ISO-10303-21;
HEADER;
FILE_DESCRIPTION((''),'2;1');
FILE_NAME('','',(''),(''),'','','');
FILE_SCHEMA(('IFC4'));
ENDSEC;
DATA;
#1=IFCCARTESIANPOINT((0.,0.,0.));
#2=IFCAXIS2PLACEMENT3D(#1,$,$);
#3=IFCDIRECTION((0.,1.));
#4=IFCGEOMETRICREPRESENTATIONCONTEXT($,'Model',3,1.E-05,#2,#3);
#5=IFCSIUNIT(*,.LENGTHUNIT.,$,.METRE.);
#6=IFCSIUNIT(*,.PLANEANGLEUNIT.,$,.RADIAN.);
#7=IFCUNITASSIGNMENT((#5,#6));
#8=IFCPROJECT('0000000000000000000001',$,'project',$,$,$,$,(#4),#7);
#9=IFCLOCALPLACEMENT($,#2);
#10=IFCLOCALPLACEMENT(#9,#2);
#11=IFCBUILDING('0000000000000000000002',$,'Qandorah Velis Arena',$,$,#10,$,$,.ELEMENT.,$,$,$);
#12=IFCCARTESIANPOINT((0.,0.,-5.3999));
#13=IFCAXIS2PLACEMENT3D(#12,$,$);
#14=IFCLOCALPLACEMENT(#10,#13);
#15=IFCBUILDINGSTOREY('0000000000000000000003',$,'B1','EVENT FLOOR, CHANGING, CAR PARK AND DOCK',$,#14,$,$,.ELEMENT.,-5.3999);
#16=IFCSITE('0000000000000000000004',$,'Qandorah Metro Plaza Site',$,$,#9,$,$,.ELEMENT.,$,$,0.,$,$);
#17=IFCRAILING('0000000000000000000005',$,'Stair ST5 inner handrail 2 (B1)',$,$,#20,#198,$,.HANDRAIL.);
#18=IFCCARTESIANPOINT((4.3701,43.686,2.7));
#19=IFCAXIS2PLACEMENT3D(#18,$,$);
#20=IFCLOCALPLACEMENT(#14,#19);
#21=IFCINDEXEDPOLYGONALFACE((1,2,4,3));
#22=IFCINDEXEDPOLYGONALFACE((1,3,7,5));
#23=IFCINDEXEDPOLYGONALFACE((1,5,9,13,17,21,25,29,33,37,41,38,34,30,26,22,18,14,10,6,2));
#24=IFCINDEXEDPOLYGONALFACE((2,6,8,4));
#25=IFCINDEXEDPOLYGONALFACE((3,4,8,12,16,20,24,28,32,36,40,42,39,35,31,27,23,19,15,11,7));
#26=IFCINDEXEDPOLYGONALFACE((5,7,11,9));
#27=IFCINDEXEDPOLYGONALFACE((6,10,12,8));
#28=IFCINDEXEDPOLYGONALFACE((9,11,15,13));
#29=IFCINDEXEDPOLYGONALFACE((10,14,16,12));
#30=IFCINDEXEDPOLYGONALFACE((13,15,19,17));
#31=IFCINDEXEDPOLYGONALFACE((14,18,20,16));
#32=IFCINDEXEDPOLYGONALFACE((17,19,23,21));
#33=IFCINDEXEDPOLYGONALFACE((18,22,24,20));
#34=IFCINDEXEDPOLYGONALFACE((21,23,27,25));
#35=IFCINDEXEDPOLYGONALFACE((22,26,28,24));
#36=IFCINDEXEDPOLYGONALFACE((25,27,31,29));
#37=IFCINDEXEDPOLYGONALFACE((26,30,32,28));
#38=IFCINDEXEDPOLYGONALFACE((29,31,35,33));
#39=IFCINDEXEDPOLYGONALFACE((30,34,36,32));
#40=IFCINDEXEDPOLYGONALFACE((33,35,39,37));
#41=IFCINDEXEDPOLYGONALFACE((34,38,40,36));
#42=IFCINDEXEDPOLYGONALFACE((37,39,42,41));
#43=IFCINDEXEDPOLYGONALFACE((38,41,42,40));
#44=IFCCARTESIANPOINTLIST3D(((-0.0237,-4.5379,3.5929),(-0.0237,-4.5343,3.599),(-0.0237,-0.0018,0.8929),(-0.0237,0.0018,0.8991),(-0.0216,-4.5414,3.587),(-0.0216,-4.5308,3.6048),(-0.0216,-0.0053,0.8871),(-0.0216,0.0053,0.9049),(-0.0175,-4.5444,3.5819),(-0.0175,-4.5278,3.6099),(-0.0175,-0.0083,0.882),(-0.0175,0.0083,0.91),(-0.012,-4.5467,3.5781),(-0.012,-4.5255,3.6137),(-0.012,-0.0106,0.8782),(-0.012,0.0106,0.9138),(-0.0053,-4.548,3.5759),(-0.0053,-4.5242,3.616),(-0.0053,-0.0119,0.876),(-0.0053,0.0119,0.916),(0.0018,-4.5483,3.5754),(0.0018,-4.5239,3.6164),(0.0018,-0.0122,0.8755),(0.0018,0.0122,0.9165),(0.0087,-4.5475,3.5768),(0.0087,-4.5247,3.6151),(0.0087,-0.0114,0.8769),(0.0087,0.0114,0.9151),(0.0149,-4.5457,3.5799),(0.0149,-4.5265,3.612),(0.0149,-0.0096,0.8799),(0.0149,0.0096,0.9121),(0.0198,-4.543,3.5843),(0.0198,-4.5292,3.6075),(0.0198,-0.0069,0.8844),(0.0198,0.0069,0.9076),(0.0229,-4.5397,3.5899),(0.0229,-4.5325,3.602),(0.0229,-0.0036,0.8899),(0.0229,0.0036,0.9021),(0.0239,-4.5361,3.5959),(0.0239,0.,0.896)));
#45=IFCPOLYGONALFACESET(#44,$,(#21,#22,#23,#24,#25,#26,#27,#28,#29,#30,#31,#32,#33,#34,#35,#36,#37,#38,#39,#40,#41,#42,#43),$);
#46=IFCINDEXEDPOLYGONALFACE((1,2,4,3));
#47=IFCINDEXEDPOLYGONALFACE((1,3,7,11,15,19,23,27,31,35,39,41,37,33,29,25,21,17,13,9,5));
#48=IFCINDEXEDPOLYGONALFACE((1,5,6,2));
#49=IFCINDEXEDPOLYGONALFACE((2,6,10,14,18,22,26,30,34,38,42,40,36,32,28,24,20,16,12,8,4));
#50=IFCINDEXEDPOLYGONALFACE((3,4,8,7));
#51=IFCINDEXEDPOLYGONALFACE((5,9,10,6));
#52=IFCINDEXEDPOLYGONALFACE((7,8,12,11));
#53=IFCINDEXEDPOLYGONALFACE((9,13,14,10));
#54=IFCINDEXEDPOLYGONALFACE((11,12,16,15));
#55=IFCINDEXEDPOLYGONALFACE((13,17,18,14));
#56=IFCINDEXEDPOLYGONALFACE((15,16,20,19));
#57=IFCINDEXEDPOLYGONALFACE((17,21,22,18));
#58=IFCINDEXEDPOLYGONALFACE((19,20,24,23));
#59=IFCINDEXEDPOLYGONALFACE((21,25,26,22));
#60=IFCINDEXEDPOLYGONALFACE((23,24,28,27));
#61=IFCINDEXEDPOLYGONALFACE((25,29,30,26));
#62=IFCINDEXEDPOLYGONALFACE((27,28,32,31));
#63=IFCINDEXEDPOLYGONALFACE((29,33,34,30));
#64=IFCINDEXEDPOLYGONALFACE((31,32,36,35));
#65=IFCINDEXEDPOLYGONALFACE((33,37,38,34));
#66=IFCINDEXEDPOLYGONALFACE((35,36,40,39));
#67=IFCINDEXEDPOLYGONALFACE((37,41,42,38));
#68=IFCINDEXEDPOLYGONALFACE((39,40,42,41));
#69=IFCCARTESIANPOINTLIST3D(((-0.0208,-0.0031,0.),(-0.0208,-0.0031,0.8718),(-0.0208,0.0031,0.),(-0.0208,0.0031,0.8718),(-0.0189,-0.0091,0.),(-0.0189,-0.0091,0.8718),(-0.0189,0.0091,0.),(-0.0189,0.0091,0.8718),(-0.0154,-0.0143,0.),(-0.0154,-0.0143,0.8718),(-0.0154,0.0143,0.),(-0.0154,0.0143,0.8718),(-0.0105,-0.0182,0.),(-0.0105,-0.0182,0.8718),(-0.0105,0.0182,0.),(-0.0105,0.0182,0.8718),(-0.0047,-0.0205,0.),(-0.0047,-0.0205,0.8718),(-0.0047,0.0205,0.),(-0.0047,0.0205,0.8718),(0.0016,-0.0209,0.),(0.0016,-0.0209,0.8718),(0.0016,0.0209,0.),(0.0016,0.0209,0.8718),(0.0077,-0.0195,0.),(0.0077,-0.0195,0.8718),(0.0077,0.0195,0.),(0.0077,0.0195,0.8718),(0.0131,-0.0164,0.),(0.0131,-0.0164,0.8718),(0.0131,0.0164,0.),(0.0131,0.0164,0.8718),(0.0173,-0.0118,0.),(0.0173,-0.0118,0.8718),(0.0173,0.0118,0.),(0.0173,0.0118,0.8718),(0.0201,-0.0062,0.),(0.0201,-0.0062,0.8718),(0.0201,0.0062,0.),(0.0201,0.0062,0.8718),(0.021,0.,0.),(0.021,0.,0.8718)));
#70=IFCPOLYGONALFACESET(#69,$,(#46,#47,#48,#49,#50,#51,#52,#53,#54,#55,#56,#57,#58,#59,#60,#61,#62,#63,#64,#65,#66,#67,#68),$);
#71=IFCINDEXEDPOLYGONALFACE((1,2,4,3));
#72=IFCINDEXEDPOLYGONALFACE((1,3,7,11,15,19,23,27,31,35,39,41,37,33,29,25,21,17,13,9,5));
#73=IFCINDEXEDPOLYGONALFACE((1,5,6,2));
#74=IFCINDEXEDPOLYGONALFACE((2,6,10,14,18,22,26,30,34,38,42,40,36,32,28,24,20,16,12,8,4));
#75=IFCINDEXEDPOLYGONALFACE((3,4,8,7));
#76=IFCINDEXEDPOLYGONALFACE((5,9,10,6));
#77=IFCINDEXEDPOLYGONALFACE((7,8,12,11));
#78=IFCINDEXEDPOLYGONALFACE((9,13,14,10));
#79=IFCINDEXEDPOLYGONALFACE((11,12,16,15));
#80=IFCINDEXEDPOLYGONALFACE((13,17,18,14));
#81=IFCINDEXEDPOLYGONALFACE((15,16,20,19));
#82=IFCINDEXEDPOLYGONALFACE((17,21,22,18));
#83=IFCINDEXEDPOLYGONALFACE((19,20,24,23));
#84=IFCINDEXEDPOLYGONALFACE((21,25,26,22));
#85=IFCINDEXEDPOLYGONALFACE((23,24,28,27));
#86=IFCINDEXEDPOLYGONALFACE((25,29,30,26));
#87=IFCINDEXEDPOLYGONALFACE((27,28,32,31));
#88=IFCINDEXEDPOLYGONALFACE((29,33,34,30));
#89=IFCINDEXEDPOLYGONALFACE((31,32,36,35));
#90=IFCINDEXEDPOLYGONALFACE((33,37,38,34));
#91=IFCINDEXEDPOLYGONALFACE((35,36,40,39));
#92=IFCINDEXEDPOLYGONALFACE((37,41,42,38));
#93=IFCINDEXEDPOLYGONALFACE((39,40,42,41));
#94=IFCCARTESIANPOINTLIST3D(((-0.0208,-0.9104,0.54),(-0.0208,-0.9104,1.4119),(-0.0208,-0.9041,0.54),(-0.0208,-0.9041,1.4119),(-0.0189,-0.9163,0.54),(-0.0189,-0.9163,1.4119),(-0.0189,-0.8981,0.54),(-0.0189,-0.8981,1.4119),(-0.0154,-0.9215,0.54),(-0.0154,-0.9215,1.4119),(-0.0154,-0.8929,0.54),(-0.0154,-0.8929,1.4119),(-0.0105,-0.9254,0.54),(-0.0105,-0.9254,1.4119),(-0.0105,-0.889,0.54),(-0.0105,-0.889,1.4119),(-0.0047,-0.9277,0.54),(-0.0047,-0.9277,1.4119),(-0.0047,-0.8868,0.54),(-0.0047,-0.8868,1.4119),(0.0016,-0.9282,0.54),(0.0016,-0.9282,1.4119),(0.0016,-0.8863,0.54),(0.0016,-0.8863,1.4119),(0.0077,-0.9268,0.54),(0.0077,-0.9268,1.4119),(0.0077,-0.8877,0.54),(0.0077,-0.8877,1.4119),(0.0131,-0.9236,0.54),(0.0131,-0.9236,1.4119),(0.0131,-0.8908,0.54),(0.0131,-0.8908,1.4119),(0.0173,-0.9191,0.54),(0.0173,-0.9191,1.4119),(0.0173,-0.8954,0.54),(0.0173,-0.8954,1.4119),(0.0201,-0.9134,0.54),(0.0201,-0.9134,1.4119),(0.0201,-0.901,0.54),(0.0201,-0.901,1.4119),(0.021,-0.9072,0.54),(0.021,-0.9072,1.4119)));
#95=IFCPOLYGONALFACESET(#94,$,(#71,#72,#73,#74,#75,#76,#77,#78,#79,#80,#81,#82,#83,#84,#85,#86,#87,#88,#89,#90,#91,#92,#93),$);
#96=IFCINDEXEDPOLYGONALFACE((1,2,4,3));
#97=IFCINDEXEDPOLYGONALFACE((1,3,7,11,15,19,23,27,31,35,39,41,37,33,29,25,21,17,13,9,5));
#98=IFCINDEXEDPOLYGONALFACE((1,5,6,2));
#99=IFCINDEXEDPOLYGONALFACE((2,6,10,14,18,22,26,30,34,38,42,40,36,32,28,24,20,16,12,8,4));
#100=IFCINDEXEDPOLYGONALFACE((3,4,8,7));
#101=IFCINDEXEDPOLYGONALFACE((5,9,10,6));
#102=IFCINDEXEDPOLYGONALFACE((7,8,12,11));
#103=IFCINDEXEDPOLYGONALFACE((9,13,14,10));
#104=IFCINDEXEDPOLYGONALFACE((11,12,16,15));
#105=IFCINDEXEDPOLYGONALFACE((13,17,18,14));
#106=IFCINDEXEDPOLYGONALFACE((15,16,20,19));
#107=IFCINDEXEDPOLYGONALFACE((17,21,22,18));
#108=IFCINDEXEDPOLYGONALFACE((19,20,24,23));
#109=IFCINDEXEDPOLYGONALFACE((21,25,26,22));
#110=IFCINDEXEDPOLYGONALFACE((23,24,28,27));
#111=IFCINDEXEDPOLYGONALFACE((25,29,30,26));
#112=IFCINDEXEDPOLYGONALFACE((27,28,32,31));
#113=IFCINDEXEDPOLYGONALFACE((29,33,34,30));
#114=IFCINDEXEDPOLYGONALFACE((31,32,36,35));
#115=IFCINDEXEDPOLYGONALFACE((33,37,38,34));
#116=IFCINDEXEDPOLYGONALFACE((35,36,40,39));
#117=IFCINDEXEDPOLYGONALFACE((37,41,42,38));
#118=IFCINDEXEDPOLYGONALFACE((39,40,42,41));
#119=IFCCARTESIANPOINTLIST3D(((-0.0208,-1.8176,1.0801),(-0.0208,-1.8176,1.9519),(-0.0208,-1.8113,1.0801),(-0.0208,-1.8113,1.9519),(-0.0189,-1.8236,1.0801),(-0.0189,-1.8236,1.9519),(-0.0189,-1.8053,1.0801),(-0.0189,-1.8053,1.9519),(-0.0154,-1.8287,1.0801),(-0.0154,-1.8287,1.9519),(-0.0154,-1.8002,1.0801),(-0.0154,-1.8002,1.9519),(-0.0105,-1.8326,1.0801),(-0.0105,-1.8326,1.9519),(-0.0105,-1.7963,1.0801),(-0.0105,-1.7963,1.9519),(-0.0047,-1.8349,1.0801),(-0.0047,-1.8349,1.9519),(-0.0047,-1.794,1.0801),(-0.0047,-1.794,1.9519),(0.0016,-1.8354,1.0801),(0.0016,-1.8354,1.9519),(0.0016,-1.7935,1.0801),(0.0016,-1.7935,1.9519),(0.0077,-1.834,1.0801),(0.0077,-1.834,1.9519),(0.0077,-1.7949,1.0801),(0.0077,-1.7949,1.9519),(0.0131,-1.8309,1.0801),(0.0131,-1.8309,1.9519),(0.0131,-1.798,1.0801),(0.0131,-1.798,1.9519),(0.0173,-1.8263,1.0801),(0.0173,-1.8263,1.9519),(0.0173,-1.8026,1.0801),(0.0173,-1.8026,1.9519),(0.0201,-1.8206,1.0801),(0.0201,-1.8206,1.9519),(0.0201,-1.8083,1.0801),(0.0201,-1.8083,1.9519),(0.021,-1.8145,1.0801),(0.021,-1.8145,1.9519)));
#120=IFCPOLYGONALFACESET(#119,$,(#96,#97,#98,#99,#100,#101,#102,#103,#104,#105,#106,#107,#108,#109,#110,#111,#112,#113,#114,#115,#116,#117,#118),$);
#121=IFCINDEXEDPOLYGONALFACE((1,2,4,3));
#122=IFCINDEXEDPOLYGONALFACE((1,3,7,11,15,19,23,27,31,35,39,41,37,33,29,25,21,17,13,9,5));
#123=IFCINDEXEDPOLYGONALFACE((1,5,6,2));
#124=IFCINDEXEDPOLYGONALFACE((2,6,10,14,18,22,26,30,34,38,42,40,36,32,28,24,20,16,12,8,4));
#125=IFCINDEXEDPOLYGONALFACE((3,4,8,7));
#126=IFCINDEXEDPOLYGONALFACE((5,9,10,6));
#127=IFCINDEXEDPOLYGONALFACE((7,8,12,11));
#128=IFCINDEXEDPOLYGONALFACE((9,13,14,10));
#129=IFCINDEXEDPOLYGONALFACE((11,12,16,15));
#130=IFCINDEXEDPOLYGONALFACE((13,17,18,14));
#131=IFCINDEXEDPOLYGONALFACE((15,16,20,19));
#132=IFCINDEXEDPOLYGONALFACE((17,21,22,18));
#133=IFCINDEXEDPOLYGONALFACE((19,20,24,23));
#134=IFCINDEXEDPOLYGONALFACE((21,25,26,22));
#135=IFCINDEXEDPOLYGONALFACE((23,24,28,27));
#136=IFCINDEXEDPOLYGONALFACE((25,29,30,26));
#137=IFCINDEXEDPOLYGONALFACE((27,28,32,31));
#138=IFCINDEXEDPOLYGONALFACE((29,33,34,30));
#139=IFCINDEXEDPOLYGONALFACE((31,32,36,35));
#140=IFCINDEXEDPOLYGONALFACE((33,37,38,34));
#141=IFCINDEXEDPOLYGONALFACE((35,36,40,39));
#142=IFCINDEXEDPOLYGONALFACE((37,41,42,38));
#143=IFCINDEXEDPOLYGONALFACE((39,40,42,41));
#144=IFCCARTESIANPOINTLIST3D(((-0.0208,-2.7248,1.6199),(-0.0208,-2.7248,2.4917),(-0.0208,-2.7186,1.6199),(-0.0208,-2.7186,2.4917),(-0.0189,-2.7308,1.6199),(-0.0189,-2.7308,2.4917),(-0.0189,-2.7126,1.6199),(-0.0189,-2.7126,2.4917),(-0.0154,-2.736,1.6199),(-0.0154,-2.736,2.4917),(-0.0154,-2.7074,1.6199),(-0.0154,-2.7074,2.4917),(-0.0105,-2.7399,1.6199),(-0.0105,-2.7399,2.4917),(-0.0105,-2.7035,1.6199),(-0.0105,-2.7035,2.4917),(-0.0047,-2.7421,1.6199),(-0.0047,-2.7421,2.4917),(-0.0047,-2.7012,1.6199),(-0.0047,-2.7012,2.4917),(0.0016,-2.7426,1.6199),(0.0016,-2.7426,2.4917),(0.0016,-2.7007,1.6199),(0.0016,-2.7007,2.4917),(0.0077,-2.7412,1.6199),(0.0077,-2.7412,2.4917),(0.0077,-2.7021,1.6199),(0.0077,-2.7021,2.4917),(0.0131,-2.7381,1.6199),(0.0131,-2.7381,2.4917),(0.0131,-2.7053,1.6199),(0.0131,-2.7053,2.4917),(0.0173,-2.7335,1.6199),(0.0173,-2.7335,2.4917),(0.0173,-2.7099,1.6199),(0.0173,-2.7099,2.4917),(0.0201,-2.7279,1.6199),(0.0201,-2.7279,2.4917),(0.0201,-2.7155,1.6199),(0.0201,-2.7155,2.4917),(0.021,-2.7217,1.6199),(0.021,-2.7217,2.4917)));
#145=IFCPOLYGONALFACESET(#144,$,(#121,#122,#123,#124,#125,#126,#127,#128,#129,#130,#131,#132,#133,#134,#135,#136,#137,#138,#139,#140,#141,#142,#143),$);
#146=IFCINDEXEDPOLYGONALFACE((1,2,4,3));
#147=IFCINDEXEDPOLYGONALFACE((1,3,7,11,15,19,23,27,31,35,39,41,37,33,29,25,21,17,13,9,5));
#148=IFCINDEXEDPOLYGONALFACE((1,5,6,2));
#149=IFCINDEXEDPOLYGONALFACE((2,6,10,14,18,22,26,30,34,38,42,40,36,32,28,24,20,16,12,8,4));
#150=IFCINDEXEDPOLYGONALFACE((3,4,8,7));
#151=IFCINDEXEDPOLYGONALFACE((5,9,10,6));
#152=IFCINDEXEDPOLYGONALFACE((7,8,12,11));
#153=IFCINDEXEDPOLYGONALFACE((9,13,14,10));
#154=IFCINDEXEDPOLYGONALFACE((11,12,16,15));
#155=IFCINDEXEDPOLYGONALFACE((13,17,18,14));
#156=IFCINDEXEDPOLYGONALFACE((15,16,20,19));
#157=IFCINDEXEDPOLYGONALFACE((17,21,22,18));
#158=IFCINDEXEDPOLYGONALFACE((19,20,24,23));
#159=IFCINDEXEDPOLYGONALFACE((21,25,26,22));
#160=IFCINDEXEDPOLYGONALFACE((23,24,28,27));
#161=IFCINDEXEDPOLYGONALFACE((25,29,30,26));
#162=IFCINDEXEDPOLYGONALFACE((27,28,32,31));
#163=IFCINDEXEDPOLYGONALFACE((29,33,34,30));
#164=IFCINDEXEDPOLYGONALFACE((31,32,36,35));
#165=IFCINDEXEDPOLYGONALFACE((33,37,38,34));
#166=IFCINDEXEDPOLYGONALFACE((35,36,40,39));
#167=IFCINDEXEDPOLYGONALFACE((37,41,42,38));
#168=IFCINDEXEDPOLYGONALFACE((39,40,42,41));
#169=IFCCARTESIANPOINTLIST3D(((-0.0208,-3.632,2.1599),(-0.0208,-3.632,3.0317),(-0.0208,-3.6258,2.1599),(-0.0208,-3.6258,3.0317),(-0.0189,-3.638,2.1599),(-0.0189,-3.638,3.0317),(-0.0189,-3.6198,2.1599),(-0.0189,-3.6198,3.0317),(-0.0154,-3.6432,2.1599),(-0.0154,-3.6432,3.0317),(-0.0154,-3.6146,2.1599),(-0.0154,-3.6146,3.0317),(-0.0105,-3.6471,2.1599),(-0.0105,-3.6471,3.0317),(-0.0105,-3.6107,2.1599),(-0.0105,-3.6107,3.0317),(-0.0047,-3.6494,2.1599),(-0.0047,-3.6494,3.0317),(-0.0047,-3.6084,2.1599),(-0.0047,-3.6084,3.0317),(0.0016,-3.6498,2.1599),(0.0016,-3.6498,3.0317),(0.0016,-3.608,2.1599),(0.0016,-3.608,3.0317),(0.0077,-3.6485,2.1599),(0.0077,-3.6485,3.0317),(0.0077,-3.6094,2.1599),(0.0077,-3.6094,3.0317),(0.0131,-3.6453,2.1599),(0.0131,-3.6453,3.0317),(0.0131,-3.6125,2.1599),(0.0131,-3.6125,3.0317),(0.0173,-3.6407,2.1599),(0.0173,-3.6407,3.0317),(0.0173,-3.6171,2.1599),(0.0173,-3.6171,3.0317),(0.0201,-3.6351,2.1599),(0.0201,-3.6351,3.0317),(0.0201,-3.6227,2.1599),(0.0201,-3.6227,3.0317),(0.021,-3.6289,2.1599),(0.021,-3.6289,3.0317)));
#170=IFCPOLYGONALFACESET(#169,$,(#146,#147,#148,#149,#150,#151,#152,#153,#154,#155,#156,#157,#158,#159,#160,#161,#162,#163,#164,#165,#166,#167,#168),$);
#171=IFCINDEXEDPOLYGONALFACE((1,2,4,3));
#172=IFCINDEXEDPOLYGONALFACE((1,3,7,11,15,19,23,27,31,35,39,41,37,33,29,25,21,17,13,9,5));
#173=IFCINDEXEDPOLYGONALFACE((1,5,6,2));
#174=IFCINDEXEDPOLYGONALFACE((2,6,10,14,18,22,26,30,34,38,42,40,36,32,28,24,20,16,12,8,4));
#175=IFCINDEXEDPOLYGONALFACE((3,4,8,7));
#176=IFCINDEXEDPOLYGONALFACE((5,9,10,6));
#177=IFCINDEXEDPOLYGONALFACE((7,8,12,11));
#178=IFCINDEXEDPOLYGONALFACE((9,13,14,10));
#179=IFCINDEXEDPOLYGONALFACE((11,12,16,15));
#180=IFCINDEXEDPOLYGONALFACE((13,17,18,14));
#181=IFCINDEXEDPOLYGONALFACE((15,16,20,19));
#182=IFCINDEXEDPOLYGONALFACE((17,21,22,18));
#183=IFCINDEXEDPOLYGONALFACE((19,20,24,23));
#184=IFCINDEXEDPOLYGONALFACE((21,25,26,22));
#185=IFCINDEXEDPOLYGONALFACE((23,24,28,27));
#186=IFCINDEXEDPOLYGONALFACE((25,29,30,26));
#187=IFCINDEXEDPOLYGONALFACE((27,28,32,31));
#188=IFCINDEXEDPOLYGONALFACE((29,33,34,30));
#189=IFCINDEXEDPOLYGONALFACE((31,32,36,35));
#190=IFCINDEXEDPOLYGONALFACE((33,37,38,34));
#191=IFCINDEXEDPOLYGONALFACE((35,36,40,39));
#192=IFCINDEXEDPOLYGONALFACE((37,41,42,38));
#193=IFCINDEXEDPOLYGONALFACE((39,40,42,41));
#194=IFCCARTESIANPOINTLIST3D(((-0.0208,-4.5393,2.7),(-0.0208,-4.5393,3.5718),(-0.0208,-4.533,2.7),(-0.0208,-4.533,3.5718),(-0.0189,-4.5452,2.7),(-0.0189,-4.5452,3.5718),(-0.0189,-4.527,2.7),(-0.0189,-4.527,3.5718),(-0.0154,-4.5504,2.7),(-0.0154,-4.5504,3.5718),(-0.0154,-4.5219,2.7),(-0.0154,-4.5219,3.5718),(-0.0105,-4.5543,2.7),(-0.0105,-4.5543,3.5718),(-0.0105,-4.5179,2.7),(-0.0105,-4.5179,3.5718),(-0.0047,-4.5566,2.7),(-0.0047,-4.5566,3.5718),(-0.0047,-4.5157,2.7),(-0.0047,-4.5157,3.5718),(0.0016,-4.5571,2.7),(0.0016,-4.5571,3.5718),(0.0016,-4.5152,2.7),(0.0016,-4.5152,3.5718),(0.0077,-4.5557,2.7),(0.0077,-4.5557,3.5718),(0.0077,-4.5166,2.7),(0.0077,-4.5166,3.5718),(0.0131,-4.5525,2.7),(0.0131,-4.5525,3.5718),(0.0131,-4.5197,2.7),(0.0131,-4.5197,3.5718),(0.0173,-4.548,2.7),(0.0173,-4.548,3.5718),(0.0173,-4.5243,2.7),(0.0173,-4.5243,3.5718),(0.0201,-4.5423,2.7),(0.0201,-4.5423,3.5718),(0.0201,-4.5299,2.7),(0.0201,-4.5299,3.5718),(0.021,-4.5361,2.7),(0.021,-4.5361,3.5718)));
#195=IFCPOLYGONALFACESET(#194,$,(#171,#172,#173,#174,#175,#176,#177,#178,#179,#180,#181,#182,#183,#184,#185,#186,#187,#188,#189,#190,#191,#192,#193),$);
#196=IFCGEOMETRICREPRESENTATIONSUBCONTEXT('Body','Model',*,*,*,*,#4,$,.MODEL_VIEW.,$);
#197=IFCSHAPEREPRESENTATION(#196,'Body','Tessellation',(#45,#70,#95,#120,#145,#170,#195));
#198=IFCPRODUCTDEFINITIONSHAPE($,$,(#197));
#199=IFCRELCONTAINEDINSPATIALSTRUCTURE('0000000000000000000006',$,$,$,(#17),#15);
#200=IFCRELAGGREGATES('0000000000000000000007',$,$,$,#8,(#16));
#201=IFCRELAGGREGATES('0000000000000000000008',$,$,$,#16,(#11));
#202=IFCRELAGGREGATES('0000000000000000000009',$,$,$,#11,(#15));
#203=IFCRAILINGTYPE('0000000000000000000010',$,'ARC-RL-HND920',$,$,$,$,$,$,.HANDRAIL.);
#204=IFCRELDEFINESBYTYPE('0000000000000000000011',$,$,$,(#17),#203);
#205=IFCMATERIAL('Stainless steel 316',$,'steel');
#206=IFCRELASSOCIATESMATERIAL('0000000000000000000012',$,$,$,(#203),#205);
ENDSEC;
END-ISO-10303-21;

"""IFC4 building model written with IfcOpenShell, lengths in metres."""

from ifc_helpers import new_model, si_unit, direction, frame, origin, origin_2d, place, context, subcontext, project, spatial, circle, extrude, material, type_object, element, save


model = new_model("IFC4")

# Units and contexts
model_context = context("Model", 3, precision=1e-05, world=origin(), true_north=direction((0.0, 1.0)))
body_context = subcontext(model_context, "Body", "Model", "MODEL_VIEW")
ifc_project = project(units=[si_unit("LENGTHUNIT", "METRE"), si_unit("PLANEANGLEUNIT", "RADIAN")], contexts=[model_context])

# Site, building, storey
site_placement = place(None, origin())
site = spatial("IfcSite", under=ifc_project, at=site_placement, Name="Qandorah Metro Plaza Site", CompositionType="ELEMENT", RefElevation=0.0)
building_placement = place(site_placement, origin())
building = spatial("IfcBuilding", under=site, at=building_placement, Name="Qandorah Velis Arena", CompositionType="ELEMENT")
storey_placement = place(building_placement, frame((0.0, 0.0, -5.3999)))
storey = spatial("IfcBuildingStorey", under=building, at=storey_placement, Name="B1", Description="EVENT FLOOR, CHANGING, CAR PARK AND DOCK", CompositionType="ELEMENT", Elevation=-5.3999)

# Railing
ifc_material_1 = material(Name="Stainless steel 316", Category="steel")
railing_type_1 = type_object("IfcRailingType", Name="ARC-RL-HND920", PredefinedType="HANDRAIL", material=ifc_material_1)
railing_1_placement = place(storey_placement, frame((4.3701, 43.686, 2.7)))
element("IfcRailing", 1, at=railing_1_placement, inside=storey, type_object=railing_type_1, Name="Stair ST5 inner handrail 2 (B1)", PredefinedType="HANDRAIL", context=body_context, shape_type="SweptSolid", body=[
    extrude(circle(Radius=0.0239, at=origin_2d()), frame((0.0, 0.0, 0.896), z_axis=(0.0, -0.859304, 0.511466), x_axis=(1.0, 0.0, 0.0)), (0.0, 0.0, 1.0), 5.2788),
    extrude(circle(Radius=0.021, at=origin_2d()), origin(), (0.0, 0.0, 1.0), 0.8718),
    extrude(circle(Radius=0.021, at=origin_2d()), frame((0.0, -0.9072, 0.54)), (0.0, 0.0, 1.0), 0.8718),
    extrude(circle(Radius=0.021, at=origin_2d()), frame((0.0, -1.8145, 1.0801)), (0.0, 0.0, 1.0), 0.8718),
    extrude(circle(Radius=0.021, at=origin_2d()), frame((0.0, -2.7217, 1.6199)), (0.0, 0.0, 1.0), 0.8718),
    extrude(circle(Radius=0.021, at=origin_2d()), frame((0.0, -3.6289, 2.1599)), (0.0, 0.0, 1.0), 0.8718),
    extrude(circle(Radius=0.021, at=origin_2d()), frame((0.0, -4.5361, 2.7)), (0.0, 0.0, 1.0), 0.8718),
])

save(model, "model.ifc")
